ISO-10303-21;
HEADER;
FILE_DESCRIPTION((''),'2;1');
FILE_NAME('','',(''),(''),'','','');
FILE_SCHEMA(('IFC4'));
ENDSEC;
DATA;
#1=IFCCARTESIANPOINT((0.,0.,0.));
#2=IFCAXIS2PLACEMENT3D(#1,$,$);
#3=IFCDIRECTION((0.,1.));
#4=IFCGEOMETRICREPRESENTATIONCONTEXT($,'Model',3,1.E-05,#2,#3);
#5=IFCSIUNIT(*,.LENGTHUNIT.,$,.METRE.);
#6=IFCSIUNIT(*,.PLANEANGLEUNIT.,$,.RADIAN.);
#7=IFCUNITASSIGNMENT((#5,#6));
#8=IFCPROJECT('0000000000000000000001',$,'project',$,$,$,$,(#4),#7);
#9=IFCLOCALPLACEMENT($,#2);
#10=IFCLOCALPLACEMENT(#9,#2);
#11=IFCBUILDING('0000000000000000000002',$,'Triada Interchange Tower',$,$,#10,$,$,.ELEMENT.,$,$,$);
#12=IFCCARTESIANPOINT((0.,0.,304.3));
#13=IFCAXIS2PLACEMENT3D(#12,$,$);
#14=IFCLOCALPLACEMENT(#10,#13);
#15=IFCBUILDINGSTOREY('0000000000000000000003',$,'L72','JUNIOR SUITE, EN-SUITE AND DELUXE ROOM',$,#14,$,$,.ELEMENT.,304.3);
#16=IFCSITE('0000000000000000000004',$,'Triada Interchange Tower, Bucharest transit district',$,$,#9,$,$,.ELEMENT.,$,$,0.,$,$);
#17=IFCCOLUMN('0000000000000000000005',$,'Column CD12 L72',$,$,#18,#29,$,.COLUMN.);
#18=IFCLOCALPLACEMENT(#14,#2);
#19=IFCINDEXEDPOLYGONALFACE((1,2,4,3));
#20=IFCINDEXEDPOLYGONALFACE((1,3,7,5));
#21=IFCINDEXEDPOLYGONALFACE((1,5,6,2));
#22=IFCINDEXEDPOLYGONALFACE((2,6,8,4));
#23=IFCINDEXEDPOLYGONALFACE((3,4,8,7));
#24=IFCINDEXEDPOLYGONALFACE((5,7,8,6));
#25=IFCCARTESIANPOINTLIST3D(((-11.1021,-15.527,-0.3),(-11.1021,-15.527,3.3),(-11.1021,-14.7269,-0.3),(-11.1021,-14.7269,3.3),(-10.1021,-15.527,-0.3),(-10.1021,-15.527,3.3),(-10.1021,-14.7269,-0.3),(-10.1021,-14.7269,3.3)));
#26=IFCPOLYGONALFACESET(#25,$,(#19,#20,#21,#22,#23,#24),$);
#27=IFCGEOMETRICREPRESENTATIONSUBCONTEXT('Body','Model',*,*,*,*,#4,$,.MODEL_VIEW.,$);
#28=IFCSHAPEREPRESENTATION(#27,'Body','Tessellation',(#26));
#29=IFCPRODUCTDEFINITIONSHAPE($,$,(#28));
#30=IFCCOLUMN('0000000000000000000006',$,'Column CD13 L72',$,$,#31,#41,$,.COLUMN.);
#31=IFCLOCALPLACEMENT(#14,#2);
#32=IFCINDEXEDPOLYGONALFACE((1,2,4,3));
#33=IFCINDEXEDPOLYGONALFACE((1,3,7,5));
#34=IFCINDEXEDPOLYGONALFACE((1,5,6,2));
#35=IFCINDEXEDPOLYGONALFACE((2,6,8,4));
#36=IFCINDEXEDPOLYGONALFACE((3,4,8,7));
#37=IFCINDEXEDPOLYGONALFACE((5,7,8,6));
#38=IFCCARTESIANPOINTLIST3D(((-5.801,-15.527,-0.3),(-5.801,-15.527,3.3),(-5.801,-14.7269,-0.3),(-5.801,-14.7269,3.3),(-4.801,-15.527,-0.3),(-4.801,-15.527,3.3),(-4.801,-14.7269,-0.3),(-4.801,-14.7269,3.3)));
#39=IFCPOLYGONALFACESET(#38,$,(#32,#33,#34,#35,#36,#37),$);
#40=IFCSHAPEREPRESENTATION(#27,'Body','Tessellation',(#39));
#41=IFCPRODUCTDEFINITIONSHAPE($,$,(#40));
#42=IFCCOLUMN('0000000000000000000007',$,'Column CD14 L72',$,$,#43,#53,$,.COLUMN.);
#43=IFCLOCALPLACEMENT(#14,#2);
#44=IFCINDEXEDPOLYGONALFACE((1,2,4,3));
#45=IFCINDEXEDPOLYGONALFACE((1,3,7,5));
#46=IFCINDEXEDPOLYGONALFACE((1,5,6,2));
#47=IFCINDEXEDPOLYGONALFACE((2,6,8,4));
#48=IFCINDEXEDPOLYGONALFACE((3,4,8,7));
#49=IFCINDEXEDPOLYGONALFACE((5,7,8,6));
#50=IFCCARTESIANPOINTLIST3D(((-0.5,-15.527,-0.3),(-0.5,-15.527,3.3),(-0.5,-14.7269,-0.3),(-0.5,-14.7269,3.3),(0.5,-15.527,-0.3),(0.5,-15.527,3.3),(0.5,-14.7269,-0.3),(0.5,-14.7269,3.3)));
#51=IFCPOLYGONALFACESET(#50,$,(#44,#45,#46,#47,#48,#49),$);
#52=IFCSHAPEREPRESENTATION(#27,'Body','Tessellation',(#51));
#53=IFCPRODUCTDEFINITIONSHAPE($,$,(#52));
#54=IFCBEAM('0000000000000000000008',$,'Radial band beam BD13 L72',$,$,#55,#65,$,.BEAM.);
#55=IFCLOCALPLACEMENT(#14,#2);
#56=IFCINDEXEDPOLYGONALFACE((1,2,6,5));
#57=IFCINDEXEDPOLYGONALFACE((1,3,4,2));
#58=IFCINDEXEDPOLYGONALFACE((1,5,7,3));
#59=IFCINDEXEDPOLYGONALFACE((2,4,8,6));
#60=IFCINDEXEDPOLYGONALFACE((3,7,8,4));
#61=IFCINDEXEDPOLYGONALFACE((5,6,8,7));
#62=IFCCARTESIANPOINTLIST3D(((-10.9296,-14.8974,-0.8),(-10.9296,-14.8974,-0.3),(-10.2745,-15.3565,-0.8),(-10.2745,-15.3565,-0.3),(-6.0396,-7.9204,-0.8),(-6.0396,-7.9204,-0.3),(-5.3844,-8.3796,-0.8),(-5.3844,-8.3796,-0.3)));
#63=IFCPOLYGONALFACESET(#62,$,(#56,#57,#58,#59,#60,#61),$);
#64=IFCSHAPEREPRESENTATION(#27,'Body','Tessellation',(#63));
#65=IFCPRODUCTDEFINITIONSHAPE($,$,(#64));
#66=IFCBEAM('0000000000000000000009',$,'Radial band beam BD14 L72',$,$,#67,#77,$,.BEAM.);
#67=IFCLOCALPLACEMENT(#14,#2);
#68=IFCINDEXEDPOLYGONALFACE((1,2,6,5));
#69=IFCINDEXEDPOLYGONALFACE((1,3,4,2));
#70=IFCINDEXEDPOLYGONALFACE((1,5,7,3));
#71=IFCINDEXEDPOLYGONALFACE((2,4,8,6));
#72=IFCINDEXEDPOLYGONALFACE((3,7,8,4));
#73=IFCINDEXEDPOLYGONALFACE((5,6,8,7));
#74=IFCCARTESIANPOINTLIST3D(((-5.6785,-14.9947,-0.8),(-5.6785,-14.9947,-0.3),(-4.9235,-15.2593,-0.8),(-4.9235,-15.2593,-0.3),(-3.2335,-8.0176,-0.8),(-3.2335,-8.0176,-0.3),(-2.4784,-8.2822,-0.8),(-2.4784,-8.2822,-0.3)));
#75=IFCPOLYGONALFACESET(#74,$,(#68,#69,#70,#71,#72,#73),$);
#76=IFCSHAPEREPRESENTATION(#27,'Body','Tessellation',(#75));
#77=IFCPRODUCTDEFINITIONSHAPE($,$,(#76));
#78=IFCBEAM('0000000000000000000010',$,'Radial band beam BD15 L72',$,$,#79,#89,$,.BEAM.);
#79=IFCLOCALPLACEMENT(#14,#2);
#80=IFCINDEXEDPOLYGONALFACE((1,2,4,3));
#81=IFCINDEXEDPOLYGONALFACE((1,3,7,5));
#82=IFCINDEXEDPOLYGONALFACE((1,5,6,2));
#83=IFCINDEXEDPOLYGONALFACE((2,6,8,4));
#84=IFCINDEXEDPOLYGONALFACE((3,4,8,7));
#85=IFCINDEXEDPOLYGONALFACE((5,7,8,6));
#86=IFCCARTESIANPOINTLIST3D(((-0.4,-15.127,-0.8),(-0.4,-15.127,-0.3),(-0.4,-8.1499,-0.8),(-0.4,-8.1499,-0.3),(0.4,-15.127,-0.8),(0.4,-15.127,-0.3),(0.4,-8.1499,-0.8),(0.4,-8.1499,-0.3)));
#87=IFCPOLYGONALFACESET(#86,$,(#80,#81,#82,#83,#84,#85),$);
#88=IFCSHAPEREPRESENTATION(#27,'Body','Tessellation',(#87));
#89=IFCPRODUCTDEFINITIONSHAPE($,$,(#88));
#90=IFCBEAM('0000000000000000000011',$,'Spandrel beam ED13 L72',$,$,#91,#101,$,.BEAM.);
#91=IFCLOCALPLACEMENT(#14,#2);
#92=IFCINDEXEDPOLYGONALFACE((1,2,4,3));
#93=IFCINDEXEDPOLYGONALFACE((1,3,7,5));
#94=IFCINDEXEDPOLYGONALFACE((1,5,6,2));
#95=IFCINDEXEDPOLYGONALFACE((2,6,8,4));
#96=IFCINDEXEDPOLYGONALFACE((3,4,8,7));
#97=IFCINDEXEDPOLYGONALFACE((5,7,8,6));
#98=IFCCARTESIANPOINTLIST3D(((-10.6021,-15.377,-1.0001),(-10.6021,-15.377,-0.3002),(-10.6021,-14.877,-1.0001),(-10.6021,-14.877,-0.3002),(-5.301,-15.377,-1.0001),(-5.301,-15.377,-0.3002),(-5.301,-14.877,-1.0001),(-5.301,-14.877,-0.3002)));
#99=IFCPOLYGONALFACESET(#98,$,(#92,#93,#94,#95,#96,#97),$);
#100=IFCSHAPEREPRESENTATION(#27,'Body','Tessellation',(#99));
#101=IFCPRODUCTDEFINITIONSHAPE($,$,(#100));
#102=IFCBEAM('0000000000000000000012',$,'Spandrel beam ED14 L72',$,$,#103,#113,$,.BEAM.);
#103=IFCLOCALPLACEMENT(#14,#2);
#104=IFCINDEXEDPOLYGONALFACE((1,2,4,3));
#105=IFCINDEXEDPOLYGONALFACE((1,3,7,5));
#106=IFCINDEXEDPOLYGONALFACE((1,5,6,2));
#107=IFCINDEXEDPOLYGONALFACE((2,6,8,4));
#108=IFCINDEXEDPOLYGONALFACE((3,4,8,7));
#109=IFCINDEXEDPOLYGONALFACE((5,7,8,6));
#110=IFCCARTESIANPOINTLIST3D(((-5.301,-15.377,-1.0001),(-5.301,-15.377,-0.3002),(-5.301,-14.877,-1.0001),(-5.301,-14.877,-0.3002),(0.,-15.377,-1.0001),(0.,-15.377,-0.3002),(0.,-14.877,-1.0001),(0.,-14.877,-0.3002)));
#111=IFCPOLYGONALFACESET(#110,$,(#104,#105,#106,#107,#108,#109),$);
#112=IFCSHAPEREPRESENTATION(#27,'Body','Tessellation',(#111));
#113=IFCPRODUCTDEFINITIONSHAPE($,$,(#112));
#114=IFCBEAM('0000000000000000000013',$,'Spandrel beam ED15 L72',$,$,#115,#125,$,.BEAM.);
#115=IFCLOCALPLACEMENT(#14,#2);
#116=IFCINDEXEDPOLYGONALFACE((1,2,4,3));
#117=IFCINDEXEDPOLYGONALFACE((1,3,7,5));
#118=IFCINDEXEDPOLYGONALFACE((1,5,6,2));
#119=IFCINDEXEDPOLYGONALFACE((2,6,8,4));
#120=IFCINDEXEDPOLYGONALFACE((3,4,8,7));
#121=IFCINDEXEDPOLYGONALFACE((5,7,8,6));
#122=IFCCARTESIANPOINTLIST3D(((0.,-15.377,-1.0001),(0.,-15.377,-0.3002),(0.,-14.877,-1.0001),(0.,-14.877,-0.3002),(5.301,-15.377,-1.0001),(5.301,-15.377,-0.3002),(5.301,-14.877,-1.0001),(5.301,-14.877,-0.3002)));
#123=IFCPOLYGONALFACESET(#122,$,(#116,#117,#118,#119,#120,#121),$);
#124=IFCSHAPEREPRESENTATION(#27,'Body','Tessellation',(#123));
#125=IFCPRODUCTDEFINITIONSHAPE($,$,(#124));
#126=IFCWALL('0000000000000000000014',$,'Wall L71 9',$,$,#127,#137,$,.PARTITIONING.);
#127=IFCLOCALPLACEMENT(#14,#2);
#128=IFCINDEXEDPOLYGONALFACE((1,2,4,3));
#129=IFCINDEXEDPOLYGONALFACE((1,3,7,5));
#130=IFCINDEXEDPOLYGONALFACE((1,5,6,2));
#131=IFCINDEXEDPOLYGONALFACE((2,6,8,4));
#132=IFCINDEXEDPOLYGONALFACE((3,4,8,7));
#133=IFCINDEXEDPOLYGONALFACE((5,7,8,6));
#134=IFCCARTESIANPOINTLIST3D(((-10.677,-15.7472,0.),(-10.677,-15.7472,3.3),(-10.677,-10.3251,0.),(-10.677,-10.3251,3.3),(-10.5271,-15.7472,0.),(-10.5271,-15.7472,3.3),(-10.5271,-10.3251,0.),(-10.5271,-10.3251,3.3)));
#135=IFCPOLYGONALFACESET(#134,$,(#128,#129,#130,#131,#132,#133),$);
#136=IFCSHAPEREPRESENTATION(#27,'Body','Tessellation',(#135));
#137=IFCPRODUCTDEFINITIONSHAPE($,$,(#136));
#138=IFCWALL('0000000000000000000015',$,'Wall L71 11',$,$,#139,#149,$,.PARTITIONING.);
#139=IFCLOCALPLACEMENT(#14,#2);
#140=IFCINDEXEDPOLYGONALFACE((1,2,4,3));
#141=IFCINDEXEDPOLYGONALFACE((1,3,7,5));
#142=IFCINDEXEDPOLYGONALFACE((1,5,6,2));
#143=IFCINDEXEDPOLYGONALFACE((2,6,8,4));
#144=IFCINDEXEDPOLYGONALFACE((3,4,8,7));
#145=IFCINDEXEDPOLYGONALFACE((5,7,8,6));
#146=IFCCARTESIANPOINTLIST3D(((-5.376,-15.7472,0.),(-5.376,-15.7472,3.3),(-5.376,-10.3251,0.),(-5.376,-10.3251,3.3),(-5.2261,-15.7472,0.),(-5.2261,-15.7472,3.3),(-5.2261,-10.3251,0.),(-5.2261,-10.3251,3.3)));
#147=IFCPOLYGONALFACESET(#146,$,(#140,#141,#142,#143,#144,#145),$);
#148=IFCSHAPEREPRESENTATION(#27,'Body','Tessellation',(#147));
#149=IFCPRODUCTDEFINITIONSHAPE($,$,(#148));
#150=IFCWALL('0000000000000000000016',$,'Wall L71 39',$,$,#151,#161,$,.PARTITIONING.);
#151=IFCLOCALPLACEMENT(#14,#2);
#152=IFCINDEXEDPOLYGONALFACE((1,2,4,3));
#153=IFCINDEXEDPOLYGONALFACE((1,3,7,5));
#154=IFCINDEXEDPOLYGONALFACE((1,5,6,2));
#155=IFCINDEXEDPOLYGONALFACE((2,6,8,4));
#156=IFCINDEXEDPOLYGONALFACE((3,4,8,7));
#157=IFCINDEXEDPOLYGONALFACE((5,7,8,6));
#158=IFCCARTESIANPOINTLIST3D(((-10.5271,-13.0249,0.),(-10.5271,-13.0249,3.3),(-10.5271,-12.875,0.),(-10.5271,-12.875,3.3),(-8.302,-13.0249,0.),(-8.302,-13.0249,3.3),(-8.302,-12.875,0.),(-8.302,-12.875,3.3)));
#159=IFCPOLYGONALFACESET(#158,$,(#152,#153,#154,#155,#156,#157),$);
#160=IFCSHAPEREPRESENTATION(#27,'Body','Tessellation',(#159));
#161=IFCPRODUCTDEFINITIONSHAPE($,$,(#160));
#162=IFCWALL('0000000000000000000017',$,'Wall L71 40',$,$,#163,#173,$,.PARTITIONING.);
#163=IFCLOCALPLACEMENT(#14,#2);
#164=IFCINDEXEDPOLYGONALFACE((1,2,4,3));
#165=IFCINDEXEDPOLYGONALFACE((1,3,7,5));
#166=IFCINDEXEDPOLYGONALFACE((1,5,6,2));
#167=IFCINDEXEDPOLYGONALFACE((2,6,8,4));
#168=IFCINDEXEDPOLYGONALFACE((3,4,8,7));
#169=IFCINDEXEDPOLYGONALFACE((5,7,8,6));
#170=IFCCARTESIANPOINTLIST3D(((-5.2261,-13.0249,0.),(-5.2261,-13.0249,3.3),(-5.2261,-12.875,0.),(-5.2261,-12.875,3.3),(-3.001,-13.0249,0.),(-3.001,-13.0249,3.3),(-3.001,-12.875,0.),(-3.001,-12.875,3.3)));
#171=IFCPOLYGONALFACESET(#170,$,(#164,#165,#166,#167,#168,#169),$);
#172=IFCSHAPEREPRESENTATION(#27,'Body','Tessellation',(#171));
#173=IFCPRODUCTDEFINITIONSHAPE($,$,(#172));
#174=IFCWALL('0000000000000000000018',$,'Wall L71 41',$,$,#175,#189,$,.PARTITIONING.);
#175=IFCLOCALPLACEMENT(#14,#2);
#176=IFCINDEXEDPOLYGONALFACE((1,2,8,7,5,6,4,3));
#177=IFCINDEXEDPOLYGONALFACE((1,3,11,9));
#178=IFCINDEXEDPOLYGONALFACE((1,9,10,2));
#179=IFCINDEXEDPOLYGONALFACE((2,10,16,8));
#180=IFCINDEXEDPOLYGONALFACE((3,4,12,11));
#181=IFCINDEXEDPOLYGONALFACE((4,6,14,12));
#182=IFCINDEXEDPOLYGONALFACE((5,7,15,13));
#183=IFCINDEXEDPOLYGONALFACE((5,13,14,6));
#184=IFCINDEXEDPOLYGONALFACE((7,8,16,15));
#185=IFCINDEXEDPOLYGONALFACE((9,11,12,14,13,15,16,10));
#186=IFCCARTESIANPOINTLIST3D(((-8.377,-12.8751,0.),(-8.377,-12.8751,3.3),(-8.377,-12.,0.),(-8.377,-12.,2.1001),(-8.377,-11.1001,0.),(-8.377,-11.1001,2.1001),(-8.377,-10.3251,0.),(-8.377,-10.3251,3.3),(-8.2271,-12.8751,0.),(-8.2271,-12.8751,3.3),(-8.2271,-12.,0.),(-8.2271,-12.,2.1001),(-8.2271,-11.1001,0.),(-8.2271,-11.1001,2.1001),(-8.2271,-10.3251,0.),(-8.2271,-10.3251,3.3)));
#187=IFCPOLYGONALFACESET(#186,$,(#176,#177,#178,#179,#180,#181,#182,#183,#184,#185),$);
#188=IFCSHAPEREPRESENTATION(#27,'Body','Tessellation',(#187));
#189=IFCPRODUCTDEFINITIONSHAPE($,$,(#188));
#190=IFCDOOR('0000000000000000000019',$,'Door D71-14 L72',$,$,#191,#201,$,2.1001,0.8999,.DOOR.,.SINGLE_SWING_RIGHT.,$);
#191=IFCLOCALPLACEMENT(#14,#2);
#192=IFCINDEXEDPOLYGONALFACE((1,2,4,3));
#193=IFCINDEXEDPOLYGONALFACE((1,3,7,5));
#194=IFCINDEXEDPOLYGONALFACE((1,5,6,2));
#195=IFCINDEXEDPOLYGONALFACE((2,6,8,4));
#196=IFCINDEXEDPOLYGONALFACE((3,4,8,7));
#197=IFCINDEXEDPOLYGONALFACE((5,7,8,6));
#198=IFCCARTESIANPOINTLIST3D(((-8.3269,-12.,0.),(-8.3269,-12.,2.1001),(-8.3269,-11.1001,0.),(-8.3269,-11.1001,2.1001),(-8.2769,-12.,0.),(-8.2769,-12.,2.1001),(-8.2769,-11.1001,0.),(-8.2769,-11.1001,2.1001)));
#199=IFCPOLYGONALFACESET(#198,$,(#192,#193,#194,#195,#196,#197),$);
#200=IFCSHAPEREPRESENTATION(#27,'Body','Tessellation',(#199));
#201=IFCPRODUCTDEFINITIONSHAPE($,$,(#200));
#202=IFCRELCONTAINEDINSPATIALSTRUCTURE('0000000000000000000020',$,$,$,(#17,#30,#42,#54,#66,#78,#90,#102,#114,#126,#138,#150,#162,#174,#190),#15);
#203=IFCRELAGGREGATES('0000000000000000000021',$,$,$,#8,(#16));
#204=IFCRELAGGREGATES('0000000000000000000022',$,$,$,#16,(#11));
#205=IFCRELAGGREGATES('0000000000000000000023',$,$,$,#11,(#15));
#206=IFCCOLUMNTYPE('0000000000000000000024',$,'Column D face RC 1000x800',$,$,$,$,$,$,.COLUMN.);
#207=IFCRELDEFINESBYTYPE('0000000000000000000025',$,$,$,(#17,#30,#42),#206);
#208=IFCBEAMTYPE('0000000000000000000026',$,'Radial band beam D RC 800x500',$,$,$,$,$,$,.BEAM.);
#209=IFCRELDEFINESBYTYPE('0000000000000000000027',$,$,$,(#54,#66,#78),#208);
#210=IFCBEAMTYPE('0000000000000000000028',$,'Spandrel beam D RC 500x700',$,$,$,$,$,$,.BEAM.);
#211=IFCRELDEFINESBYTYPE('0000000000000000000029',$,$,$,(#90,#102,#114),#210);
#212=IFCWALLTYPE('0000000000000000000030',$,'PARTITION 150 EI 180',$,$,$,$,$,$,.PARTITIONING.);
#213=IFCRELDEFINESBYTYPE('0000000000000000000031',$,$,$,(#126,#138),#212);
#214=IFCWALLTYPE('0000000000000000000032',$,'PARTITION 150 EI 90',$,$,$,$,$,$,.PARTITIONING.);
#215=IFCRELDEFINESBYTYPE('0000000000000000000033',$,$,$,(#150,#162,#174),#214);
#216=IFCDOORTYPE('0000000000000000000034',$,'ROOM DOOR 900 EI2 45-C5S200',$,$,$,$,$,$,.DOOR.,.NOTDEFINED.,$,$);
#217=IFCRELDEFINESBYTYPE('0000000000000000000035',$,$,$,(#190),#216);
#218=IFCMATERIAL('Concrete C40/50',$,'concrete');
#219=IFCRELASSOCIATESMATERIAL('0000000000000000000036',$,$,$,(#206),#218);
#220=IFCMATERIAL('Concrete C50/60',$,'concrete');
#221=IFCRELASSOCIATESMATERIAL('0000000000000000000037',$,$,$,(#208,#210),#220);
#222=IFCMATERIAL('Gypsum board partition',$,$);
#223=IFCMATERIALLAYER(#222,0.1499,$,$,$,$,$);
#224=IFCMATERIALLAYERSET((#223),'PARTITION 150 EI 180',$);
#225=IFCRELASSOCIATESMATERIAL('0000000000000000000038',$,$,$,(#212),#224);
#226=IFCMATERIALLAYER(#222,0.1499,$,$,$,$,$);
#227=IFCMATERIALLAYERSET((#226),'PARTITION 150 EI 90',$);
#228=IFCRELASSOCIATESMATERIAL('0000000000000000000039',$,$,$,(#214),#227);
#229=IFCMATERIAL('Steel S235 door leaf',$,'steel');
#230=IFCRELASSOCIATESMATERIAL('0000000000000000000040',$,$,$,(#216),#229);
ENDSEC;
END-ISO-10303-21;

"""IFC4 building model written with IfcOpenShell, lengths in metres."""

from ifc_helpers import new_model, si_unit, direction, frame, frame_2d, origin, origin_2d, place, context, subcontext, project, spatial, rectangle, extrude, material, layer, layer_set, material_profile, profile_set, type_object, element, fill, save


model = new_model("IFC4")

# Units and contexts
model_context = context("Model", 3, precision=1e-05, world=origin(), true_north=direction((0.0, 1.0)))
body_context = subcontext(model_context, "Body", "Model", "MODEL_VIEW")
ifc_project = project(units=[si_unit("LENGTHUNIT", "METRE"), si_unit("PLANEANGLEUNIT", "RADIAN")], contexts=[model_context])

# Site, building, storey
site_placement = place(None, origin())
site = spatial("IfcSite", under=ifc_project, at=site_placement, Name="Triada Interchange Tower, Bucharest transit district", CompositionType="ELEMENT", RefElevation=0.0)
building_placement = place(site_placement, origin())
building = spatial("IfcBuilding", under=site, at=building_placement, Name="Triada Interchange Tower", CompositionType="ELEMENT")
storey_placement = place(building_placement, frame((0.0, 0.0, 304.3)))
storey = spatial("IfcBuildingStorey", under=building, at=storey_placement, Name="L72", Description="JUNIOR SUITE, EN-SUITE AND DELUXE ROOM", CompositionType="ELEMENT", Elevation=304.3)

# Columns
ifc_material_1 = material(Name="Concrete C40/50", Category="concrete")
ifc_material_profile_1 = material_profile(ifc_material_1, rectangle(XDim=1.0, YDim=0.8, at=origin_2d()), Name="RC 1000x800")
ifc_profile_set_1 = profile_set([ifc_material_profile_1], Name="Concrete C40/50")
column_type = type_object("IfcColumnType", Name="Column D face RC 1000x800", PredefinedType="COLUMN", material=ifc_profile_set_1)
for number, where, z_axis, x_axis, name in (
    (1, (-10.6021, -15.127, -0.3), (0.0, 0.0, 1.0), (1.0, 0.0, 0.0), "Column CD12 L72"),
    (2, (-5.301, -15.127, -0.3), (0.0, 0.0, 1.0), (1.0, 0.0, 0.0), "Column CD13 L72"),
    (3, (0.0, -15.127, -0.3), (0.0, 0.0, 1.0), (1.0, 0.0, 0.0), "Column CD14 L72"),
):
    element("IfcColumn", number, at=place(storey_placement, frame(where, z_axis=z_axis, x_axis=x_axis)), inside=storey, type_object=column_type, Name=name, PredefinedType="COLUMN", context=body_context, shape_type="SweptSolid", body=[
        extrude(rectangle(XDim=1.0, YDim=0.8, at=origin_2d()), origin(), (0.0, 0.0, 1.0), 3.6001),
    ])

# Beams
ifc_material_2 = material(Name="Concrete C50/60", Category="concrete")
ifc_material_profile_2 = material_profile(ifc_material_2, rectangle(XDim=0.8, YDim=0.5, at=origin_2d()), Name="RC 800x500")
ifc_profile_set_2 = profile_set([ifc_material_profile_2], Name="Concrete C50/60")
beam_type_1 = type_object("IfcBeamType", Name="Radial band beam D RC 800x500", PredefinedType="BEAM", material=ifc_profile_set_2)
beam_1_placement = place(storey_placement, frame((-10.6021, -15.127, -0.55), z_axis=(0.573951, 0.81889, 0.0), x_axis=(-0.81889, 0.573951, 0.0)))
element("IfcBeam", 4, at=beam_1_placement, inside=storey, type_object=beam_type_1, Name="Radial band beam BD13 L72", PredefinedType="BEAM", context=body_context, shape_type="SweptSolid", body=[
    extrude(rectangle(XDim=0.8, YDim=0.5, at=origin_2d()), origin(), (0.0, 0.0, 1.0), 8.52),
])
beam_2_placement = place(storey_placement, frame((-5.301, -15.127, -0.55), z_axis=(0.330724, 0.943728, 0.0), x_axis=(-0.943728, 0.330724, 0.0)))
element("IfcBeam", 5, at=beam_2_placement, inside=storey, type_object=beam_type_1, Name="Radial band beam BD14 L72", PredefinedType="BEAM", context=body_context, shape_type="SweptSolid", body=[
    extrude(rectangle(XDim=0.8, YDim=0.5, at=origin_2d()), origin(), (0.0, 0.0, 1.0), 7.3931),
])
beam_3_placement = place(storey_placement, frame((0.0, -15.127, -0.55), z_axis=(0.0, 1.0, 0.0), x_axis=(-1.0, 0.0, 0.0)))
element("IfcBeam", 6, at=beam_3_placement, inside=storey, type_object=beam_type_1, Name="Radial band beam BD15 L72", PredefinedType="BEAM", context=body_context, shape_type="SweptSolid", body=[
    extrude(rectangle(XDim=0.8, YDim=0.5, at=origin_2d()), origin(), (0.0, 0.0, 1.0), 6.9771),
])
ifc_material_profile_3 = material_profile(ifc_material_2, rectangle(XDim=0.5, YDim=0.7, at=origin_2d()), Name="RC 500x700")
ifc_profile_set_3 = profile_set([ifc_material_profile_3], Name="Concrete C50/60")
beam_type_2 = type_object("IfcBeamType", Name="Spandrel beam D RC 500x700", PredefinedType="BEAM", material=ifc_profile_set_3)
for number, where, z_axis, x_axis, name in (
    (7, (-10.6021, -15.127, -0.6501), (1.0, 0.0, 0.0), (0.0, 1.0, 0.0), "Spandrel beam ED13 L72"),
    (8, (-5.301, -15.127, -0.6501), (1.0, 0.0, 0.0), (0.0, 1.0, 0.0), "Spandrel beam ED14 L72"),
    (9, (0.0, -15.127, -0.6501), (1.0, 0.0, 0.0), (0.0, 1.0, 0.0), "Spandrel beam ED15 L72"),
):
    element("IfcBeam", number, at=place(storey_placement, frame(where, z_axis=z_axis, x_axis=x_axis)), inside=storey, type_object=beam_type_2, Name=name, PredefinedType="BEAM", context=body_context, shape_type="SweptSolid", body=[
        extrude(rectangle(XDim=0.5, YDim=0.7, at=origin_2d()), origin(), (0.0, 0.0, 1.0), 5.301),
    ])

# Walls
ifc_material_3 = material(Name="Gypsum board partition")
ifc_layer_1 = layer(ifc_material_3, 0.1499)
ifc_layer_set_1 = layer_set([ifc_layer_1], Name="PARTITION 150 EI 180")
wall_type_1 = type_object("IfcWallType", Name="PARTITION 150 EI 180", PredefinedType="PARTITIONING", material=ifc_layer_set_1)
for number, where, z_axis, x_axis, name in (
    (10, (-10.6021, -15.7471, 0.0), (0.0, 0.0, 1.0), (0.0, 1.0, 0.0), "Wall L71 9"),
    (11, (-5.301, -15.7471, 0.0), (0.0, 0.0, 1.0), (0.0, 1.0, 0.0), "Wall L71 11"),
):
    element("IfcWall", number, at=place(storey_placement, frame(where, z_axis=z_axis, x_axis=x_axis)), inside=storey, type_object=wall_type_1, Name=name, PredefinedType="PARTITIONING", context=body_context, shape_type="SweptSolid", body=[
        extrude(rectangle(XDim=5.4221, YDim=0.1499, at=frame_2d((2.7109, 0.0))), origin(), (0.0, 0.0, 1.0), 3.3),
    ])
ifc_layer_2 = layer(ifc_material_3, 0.1499)
ifc_layer_set_2 = layer_set([ifc_layer_2], Name="PARTITION 150 EI 90")
wall_type_2 = type_object("IfcWallType", Name="PARTITION 150 EI 90", PredefinedType="PARTITIONING", material=ifc_layer_set_2)
for number, where, z_axis, x_axis, name in (
    (12, (-10.5271, -12.95, 0.0), (0.0, 0.0, 1.0), (1.0, 0.0, 0.0), "Wall L71 39"),
    (13, (-5.2261, -12.95, 0.0), (0.0, 0.0, 1.0), (1.0, 0.0, 0.0), "Wall L71 40"),
):
    element("IfcWall", number, at=place(storey_placement, frame(where, z_axis=z_axis, x_axis=x_axis)), inside=storey, type_object=wall_type_2, Name=name, PredefinedType="PARTITIONING", context=body_context, shape_type="SweptSolid", body=[
        extrude(rectangle(XDim=2.2251, YDim=0.1499, at=frame_2d((1.1125, 0.0))), origin(), (0.0, 0.0, 1.0), 3.3),
    ])

# Wall, opening, door
wall_1_placement = place(storey_placement, frame((-8.302, -12.875, 0.0), z_axis=(0.0, 0.0, 1.0), x_axis=(0.0, 1.0, 0.0)))
wall_1 = element("IfcWall", 14, at=wall_1_placement, inside=storey, type_object=wall_type_2, Name="Wall L71 41", PredefinedType="PARTITIONING", context=body_context, shape_type="SweptSolid", body=[
    extrude(rectangle(XDim=2.55, YDim=0.1499, at=frame_2d((1.2749, 0.0))), origin(), (0.0, 0.0, 1.0), 3.3),
])
opening_1_placement = place(wall_1_placement, frame((0.875, 0.0, 0.0)))
opening_1 = element("IfcOpeningElement", 15, at=opening_1_placement, cuts=wall_1, PredefinedType="OPENING", context=body_context, shape_type="SweptSolid", body=[
    extrude(rectangle(XDim=0.8999, YDim=2.1001, at=frame_2d((0.45, 1.05))), frame((0.0, 0.085, 0.0), z_axis=(0.0, -1.0, 0.0), x_axis=(1.0, 0.0, 0.0)), (0.0, 0.0, 1.0), 0.1699),
])
ifc_material_4 = material(Name="Steel S235 door leaf", Category="steel")
door_type = type_object("IfcDoorType", Name="ROOM DOOR 900 EI2 45-C5S200", OperationType="NOTDEFINED", PredefinedType="DOOR", material=ifc_material_4)
door_1_placement = place(opening_1_placement, origin())
door_1 = element("IfcDoor", 16, at=door_1_placement, inside=storey, type_object=door_type, Name="Door D71-14 L72", OperationType="SINGLE_SWING_RIGHT", OverallHeight=2.1001, OverallWidth=0.8999, PredefinedType="DOOR", context=body_context, shape_type="SweptSolid", body=[
    extrude(rectangle(XDim=0.8999, YDim=2.1001, at=frame_2d((0.45, 1.05))), frame((0.0, 0.0249, 0.0), z_axis=(0.0, -1.0, 0.0), x_axis=(1.0, 0.0, 0.0)), (0.0, 0.0, 1.0), 0.05),
])
fill(opening_1, door_1)

save(model, "model.ifc")
